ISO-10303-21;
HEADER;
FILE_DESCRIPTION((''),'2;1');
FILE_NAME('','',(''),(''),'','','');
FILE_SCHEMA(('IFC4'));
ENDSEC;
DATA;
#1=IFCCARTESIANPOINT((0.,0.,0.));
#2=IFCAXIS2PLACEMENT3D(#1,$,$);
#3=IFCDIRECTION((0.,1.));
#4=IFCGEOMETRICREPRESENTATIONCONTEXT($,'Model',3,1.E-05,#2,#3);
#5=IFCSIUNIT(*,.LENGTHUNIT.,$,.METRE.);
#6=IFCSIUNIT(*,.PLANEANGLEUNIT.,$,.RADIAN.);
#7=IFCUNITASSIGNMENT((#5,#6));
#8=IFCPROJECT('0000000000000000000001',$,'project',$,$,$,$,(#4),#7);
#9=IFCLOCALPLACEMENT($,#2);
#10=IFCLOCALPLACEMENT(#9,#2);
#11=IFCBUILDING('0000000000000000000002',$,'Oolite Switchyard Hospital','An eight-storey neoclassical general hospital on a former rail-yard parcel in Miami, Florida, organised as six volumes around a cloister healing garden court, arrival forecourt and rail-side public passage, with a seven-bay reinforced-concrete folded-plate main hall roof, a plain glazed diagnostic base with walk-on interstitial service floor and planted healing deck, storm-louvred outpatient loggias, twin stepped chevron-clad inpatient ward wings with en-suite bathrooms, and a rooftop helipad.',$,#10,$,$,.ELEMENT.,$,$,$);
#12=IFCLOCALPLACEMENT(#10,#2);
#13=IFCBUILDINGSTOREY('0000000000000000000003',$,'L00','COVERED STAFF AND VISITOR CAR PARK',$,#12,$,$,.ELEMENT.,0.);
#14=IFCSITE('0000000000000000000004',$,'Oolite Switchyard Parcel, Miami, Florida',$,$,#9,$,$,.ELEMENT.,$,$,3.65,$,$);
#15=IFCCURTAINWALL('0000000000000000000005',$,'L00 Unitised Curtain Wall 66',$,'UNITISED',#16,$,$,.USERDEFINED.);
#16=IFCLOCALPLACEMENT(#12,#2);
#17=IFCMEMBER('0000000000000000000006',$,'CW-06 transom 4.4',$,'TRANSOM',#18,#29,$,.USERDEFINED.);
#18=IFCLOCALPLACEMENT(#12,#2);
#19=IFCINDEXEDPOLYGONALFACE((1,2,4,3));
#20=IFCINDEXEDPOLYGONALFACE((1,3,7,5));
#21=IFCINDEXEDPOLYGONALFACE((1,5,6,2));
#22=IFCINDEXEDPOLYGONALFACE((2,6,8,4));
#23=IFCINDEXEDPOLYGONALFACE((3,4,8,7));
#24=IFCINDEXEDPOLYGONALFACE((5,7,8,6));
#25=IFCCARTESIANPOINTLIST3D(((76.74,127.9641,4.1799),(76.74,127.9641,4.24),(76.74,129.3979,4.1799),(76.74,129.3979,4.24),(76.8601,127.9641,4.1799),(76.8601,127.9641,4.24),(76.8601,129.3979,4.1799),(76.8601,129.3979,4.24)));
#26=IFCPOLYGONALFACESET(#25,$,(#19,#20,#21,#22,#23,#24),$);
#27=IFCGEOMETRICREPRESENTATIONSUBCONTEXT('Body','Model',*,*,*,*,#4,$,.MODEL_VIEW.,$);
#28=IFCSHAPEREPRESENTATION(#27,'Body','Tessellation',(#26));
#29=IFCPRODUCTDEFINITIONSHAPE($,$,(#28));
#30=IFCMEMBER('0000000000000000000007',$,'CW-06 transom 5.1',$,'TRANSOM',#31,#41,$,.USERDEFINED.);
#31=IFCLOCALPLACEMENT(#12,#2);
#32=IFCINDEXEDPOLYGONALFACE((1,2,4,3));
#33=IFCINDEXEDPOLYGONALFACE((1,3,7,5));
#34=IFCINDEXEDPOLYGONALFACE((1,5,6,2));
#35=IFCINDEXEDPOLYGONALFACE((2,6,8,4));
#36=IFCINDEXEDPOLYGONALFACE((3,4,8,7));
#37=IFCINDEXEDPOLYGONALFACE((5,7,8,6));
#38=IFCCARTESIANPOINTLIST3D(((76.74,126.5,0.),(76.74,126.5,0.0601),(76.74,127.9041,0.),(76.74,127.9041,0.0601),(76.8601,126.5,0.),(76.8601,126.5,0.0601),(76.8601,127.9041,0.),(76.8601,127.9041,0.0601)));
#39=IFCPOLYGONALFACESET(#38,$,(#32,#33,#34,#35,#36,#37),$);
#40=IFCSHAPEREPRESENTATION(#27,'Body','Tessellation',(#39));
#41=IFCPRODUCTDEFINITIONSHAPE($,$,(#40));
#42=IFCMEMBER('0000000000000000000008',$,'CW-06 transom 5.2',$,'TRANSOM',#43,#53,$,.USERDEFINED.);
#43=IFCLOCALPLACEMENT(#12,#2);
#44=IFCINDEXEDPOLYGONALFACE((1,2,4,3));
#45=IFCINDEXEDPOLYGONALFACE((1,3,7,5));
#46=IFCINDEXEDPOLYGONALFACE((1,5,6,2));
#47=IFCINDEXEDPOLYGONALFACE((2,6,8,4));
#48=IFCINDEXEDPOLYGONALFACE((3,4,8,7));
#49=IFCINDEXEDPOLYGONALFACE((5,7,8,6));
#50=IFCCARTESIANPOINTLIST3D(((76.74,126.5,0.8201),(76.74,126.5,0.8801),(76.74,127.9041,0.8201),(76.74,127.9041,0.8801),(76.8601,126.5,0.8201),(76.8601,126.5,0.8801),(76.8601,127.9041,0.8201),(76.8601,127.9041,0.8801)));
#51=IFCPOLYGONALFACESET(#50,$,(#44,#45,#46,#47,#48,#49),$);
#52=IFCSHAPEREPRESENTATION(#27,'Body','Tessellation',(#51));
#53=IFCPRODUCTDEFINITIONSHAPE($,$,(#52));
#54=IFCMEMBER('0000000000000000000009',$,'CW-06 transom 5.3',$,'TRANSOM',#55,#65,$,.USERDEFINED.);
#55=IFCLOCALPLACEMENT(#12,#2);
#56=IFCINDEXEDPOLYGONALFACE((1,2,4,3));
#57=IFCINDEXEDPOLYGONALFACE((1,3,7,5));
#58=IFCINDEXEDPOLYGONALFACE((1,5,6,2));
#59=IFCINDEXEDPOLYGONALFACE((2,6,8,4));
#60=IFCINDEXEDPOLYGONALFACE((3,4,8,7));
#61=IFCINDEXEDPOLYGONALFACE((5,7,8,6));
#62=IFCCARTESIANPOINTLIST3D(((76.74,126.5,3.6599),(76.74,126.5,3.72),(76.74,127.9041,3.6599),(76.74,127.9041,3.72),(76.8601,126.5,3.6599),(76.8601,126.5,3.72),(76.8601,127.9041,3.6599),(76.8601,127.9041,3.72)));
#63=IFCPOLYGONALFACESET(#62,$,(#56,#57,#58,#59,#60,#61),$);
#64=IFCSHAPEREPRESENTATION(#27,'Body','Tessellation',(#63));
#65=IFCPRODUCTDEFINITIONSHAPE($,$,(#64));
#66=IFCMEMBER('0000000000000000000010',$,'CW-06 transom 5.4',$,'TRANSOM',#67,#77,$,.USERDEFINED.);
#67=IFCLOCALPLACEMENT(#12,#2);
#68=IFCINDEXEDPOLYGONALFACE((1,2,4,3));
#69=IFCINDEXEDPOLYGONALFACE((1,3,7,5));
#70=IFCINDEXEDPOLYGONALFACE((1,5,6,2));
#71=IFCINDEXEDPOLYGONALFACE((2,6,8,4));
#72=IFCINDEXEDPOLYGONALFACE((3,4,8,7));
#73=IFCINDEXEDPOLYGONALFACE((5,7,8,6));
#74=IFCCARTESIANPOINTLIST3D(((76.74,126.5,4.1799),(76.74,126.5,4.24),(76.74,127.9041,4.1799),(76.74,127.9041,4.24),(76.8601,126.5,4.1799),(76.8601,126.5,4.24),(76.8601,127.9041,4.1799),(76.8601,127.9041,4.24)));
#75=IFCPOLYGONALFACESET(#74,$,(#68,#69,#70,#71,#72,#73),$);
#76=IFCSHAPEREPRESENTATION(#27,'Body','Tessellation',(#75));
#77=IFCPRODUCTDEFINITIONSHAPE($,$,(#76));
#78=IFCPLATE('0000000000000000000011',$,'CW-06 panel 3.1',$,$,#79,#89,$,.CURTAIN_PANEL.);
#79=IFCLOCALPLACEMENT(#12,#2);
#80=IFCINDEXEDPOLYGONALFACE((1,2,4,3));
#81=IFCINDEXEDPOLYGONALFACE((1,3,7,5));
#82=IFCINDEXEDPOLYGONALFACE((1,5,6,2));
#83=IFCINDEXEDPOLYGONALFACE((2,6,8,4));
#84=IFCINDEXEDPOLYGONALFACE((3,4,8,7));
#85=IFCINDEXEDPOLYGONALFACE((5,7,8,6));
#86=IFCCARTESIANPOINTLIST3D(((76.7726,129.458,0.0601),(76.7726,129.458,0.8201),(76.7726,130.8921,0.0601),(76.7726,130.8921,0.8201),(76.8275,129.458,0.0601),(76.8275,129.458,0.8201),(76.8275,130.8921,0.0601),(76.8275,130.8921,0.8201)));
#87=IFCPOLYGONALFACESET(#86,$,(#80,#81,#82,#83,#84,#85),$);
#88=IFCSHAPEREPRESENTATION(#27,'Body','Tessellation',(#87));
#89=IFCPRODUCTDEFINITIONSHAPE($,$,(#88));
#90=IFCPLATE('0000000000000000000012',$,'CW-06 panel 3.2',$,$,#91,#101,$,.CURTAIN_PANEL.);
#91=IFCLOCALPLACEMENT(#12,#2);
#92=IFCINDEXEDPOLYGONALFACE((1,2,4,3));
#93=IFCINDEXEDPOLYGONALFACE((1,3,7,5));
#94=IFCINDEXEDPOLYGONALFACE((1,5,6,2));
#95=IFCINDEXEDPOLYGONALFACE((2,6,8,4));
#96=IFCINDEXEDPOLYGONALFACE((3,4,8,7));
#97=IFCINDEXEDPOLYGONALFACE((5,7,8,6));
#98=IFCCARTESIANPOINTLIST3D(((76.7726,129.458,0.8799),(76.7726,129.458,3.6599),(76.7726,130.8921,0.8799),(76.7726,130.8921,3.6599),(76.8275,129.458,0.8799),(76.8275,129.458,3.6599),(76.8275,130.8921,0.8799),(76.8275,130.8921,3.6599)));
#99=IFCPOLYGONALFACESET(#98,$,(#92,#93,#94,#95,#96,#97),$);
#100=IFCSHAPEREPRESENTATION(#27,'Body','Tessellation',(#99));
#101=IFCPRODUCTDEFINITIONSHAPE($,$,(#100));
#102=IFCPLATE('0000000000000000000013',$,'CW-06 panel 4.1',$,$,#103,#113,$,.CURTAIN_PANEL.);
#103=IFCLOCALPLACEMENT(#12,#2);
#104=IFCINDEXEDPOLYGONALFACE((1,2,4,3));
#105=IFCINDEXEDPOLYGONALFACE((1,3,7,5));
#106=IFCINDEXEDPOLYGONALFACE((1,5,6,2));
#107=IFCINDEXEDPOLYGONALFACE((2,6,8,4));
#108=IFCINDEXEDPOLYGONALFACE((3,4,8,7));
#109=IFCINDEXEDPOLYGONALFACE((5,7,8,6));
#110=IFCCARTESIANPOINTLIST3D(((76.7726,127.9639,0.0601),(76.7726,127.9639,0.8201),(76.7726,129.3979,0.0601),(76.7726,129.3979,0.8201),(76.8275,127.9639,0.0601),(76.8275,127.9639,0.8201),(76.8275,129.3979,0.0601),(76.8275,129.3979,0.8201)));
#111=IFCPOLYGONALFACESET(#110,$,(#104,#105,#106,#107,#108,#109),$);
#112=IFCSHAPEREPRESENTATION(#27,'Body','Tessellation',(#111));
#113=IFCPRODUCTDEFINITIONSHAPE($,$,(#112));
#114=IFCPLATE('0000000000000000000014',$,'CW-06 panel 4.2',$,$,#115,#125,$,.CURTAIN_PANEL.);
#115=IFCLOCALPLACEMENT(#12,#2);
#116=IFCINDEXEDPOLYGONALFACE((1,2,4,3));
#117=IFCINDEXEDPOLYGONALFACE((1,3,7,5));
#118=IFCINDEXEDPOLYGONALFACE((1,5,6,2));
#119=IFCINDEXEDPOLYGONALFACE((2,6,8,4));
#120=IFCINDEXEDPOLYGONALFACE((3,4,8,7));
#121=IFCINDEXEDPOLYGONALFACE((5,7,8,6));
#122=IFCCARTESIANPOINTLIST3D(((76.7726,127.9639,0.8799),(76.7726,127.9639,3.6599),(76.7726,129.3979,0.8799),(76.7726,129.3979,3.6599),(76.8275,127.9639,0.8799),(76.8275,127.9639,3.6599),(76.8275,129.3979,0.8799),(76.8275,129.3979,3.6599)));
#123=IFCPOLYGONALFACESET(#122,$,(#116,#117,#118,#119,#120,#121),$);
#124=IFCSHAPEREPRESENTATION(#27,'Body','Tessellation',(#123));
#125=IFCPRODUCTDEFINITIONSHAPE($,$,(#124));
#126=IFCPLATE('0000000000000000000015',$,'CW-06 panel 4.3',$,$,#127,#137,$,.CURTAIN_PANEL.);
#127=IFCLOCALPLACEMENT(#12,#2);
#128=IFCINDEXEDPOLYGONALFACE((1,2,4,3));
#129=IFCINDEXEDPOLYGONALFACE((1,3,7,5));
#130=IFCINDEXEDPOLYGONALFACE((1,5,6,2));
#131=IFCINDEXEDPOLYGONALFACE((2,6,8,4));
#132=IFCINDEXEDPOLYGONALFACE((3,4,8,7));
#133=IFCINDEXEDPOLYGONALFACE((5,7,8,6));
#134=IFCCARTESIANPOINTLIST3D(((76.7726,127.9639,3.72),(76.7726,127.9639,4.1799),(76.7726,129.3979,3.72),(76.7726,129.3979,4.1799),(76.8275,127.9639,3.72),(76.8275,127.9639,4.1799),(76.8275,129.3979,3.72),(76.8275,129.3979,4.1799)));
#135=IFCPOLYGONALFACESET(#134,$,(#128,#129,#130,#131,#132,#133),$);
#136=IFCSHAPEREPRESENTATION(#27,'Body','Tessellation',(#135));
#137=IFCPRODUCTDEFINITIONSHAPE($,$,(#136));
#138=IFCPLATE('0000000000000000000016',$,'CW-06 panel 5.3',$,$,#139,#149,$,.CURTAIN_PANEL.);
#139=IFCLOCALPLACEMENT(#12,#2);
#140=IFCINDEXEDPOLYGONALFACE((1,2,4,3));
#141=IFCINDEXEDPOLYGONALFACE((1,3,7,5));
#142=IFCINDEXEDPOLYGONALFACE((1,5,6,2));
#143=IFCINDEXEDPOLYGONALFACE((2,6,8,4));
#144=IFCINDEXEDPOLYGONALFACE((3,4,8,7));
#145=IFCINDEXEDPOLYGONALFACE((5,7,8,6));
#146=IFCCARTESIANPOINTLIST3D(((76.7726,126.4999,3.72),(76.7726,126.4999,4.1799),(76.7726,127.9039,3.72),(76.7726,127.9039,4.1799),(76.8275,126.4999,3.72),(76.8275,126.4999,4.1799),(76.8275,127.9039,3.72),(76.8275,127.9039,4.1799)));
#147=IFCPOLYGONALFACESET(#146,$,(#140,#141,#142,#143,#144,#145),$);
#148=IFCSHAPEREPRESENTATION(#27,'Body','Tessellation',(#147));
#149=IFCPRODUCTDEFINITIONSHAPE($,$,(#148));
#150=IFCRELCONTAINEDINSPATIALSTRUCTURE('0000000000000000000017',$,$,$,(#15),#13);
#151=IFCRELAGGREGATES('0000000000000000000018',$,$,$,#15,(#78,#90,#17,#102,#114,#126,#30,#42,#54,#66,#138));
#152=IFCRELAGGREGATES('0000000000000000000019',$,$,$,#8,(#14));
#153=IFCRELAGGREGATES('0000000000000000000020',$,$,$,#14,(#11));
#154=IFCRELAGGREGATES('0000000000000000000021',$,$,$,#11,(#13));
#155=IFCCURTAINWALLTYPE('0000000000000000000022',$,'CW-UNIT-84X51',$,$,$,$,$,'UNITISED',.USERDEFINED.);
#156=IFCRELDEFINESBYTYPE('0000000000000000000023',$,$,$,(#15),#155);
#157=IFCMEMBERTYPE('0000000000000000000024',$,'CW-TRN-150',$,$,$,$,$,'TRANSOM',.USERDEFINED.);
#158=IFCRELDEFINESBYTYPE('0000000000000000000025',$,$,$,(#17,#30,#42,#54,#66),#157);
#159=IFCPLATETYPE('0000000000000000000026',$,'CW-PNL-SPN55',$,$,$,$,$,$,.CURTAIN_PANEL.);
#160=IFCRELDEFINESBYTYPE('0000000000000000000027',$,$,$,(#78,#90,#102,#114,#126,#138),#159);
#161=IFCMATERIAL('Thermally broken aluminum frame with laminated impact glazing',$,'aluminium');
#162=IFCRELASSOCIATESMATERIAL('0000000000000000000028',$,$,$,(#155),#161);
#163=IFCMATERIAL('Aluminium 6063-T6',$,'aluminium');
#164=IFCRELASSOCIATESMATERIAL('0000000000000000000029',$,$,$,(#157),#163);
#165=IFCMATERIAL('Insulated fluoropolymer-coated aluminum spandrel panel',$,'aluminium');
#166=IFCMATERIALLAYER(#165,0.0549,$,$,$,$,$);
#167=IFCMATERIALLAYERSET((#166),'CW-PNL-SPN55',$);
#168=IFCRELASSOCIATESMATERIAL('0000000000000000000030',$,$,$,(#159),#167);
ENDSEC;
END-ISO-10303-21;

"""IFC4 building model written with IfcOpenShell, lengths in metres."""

from ifc_helpers import new_model, si_unit, direction, frame, origin, origin_2d, place, context, subcontext, project, spatial, rectangle, extrude, material, layer, layer_set, material_profile, profile_set, type_object, element, aggregate, save


model = new_model("IFC4")

# Units and contexts
model_context = context("Model", 3, precision=1e-05, world=origin(), true_north=direction((0.0, 1.0)))
body_context = subcontext(model_context, "Body", "Model", "MODEL_VIEW")
ifc_project = project(units=[si_unit("LENGTHUNIT", "METRE"), si_unit("PLANEANGLEUNIT", "RADIAN")], contexts=[model_context])

# Site, building, storey
site_placement = place(None, origin())
site = spatial("IfcSite", under=ifc_project, at=site_placement, Name="Oolite Switchyard Parcel, Miami, Florida", CompositionType="ELEMENT", RefElevation=3.65)
building_placement = place(site_placement, origin())
building = spatial("IfcBuilding", under=site, at=building_placement, Name="Oolite Switchyard Hospital", Description="An eight-storey neoclassical general hospital on a former rail-yard parcel in Miami, Florida, organised as six volumes around a cloister healing garden court, arrival forecourt and rail-side public passage, with a seven-bay reinforced-concrete folded-plate main hall roof, a plain glazed diagnostic base with walk-on interstitial service floor and planted healing deck, storm-louvred outpatient loggias, twin stepped chevron-clad inpatient ward wings with en-suite bathrooms, and a rooftop helipad.", CompositionType="ELEMENT")
storey_placement = place(building_placement, origin())
storey = spatial("IfcBuildingStorey", under=building, at=storey_placement, Name="L00", Description="COVERED STAFF AND VISITOR CAR PARK", CompositionType="ELEMENT", Elevation=0.0)

# Curtain wall, members, plates
ifc_material_1 = material(Name="Thermally broken aluminum frame with laminated impact glazing", Category="aluminium")
curtain_wall_type = type_object("IfcCurtainWallType", Name="CW-UNIT-84X51", ElementType="UNITISED", PredefinedType="USERDEFINED", material=ifc_material_1)
curtain_wall_placement = place(storey_placement, origin())
curtain_wall = element("IfcCurtainWall", 1, at=curtain_wall_placement, inside=storey, type_object=curtain_wall_type, Name="L00 Unitised Curtain Wall 66", ObjectType="UNITISED", PredefinedType="USERDEFINED")
ifc_material_2 = material(Name="Aluminium 6063-T6", Category="aluminium")
ifc_material_profile_1 = material_profile(ifc_material_2, rectangle(XDim=0.1201, YDim=0.0601, at=origin_2d()), Name="CWT60X120")
ifc_profile_set_1 = profile_set([ifc_material_profile_1], Name="Aluminium 6063-T6")
member_type_1 = type_object("IfcMemberType", Name="CW-TRN-150", ElementType="TRANSOM", PredefinedType="USERDEFINED", material=ifc_profile_set_1)
member_1_placement = place(storey_placement, frame((76.8, 129.3979, 4.21), z_axis=(0.0, -1.0, 0.0), x_axis=(1.0, 0.0, 0.0)))
member_1 = element("IfcMember", 2, at=member_1_placement, type_object=member_type_1, Name="CW-06 transom 4.4", ObjectType="TRANSOM", PredefinedType="USERDEFINED", context=body_context, shape_type="SweptSolid", body=[
    extrude(rectangle(XDim=0.1201, YDim=0.0601, at=origin_2d()), origin(), (0.0, 0.0, 1.0), 1.4338),
])
member_2_placement = place(storey_placement, frame((76.8, 127.9041, 0.03), z_axis=(0.0, -1.0, 0.0), x_axis=(1.0, 0.0, 0.0)))
member_2 = element("IfcMember", 3, at=member_2_placement, type_object=member_type_1, Name="CW-06 transom 5.1", ObjectType="TRANSOM", PredefinedType="USERDEFINED", context=body_context, shape_type="SweptSolid", body=[
    extrude(rectangle(XDim=0.1201, YDim=0.0601, at=origin_2d()), origin(), (0.0, 0.0, 1.0), 1.4041),
])
member_3_placement = place(storey_placement, frame((76.8, 127.9041, 0.8501), z_axis=(0.0, -1.0, 0.0), x_axis=(1.0, 0.0, 0.0)))
member_3 = element("IfcMember", 4, at=member_3_placement, type_object=member_type_1, Name="CW-06 transom 5.2", ObjectType="TRANSOM", PredefinedType="USERDEFINED", context=body_context, shape_type="SweptSolid", body=[
    extrude(rectangle(XDim=0.1201, YDim=0.0601, at=origin_2d()), origin(), (0.0, 0.0, 1.0), 1.4041),
])
member_4_placement = place(storey_placement, frame((76.8, 127.9041, 3.6899), z_axis=(0.0, -1.0, 0.0), x_axis=(1.0, 0.0, 0.0)))
member_4 = element("IfcMember", 5, at=member_4_placement, type_object=member_type_1, Name="CW-06 transom 5.3", ObjectType="TRANSOM", PredefinedType="USERDEFINED", context=body_context, shape_type="SweptSolid", body=[
    extrude(rectangle(XDim=0.1201, YDim=0.0601, at=origin_2d()), origin(), (0.0, 0.0, 1.0), 1.4041),
])
member_5_placement = place(storey_placement, frame((76.8, 127.9041, 4.21), z_axis=(0.0, -1.0, 0.0), x_axis=(1.0, 0.0, 0.0)))
member_5 = element("IfcMember", 6, at=member_5_placement, type_object=member_type_1, Name="CW-06 transom 5.4", ObjectType="TRANSOM", PredefinedType="USERDEFINED", context=body_context, shape_type="SweptSolid", body=[
    extrude(rectangle(XDim=0.1201, YDim=0.0601, at=origin_2d()), origin(), (0.0, 0.0, 1.0), 1.4041),
])
ifc_material_3 = material(Name="Insulated fluoropolymer-coated aluminum spandrel panel", Category="aluminium")
ifc_layer = layer(ifc_material_3, 0.0549)
ifc_layer_set = layer_set([ifc_layer], Name="CW-PNL-SPN55")
plate_type = type_object("IfcPlateType", Name="CW-PNL-SPN55", PredefinedType="CURTAIN_PANEL", material=ifc_layer_set)
plate_1_placement = place(storey_placement, frame((76.8, 130.175, 0.0601), z_axis=(0.0, 0.0, 1.0), x_axis=(0.0, -1.0, 0.0)))
plate_1 = element("IfcPlate", 7, at=plate_1_placement, type_object=plate_type, Name="CW-06 panel 3.1", PredefinedType="CURTAIN_PANEL", context=body_context, shape_type="SweptSolid", body=[
    extrude(rectangle(XDim=1.4341, YDim=0.0549, at=origin_2d()), origin(), (0.0, 0.0, 1.0), 0.76),
])
plate_2_placement = place(storey_placement, frame((76.8, 130.175, 0.8799), z_axis=(0.0, 0.0, 1.0), x_axis=(0.0, -1.0, 0.0)))
plate_2 = element("IfcPlate", 8, at=plate_2_placement, type_object=plate_type, Name="CW-06 panel 3.2", PredefinedType="CURTAIN_PANEL", context=body_context, shape_type="SweptSolid", body=[
    extrude(rectangle(XDim=1.4341, YDim=0.0549, at=origin_2d()), origin(), (0.0, 0.0, 1.0), 2.78),
])
plate_3_placement = place(storey_placement, frame((76.8, 128.6809, 0.0601), z_axis=(0.0, 0.0, 1.0), x_axis=(0.0, -1.0, 0.0)))
plate_3 = element("IfcPlate", 9, at=plate_3_placement, type_object=plate_type, Name="CW-06 panel 4.1", PredefinedType="CURTAIN_PANEL", context=body_context, shape_type="SweptSolid", body=[
    extrude(rectangle(XDim=1.4341, YDim=0.0549, at=origin_2d()), origin(), (0.0, 0.0, 1.0), 0.76),
])
plate_4_placement = place(storey_placement, frame((76.8, 128.6809, 0.8799), z_axis=(0.0, 0.0, 1.0), x_axis=(0.0, -1.0, 0.0)))
plate_4 = element("IfcPlate", 10, at=plate_4_placement, type_object=plate_type, Name="CW-06 panel 4.2", PredefinedType="CURTAIN_PANEL", context=body_context, shape_type="SweptSolid", body=[
    extrude(rectangle(XDim=1.4341, YDim=0.0549, at=origin_2d()), origin(), (0.0, 0.0, 1.0), 2.78),
])
plate_5_placement = place(storey_placement, frame((76.8, 128.6809, 3.72), z_axis=(0.0, 0.0, 1.0), x_axis=(0.0, -1.0, 0.0)))
plate_5 = element("IfcPlate", 11, at=plate_5_placement, type_object=plate_type, Name="CW-06 panel 4.3", PredefinedType="CURTAIN_PANEL", context=body_context, shape_type="SweptSolid", body=[
    extrude(rectangle(XDim=1.4341, YDim=0.0549, at=origin_2d()), origin(), (0.0, 0.0, 1.0), 0.46),
])
plate_6_placement = place(storey_placement, frame((76.8, 127.2019, 3.72), z_axis=(0.0, 0.0, 1.0), x_axis=(0.0, -1.0, 0.0)))
plate_6 = element("IfcPlate", 12, at=plate_6_placement, type_object=plate_type, Name="CW-06 panel 5.3", PredefinedType="CURTAIN_PANEL", context=body_context, shape_type="SweptSolid", body=[
    extrude(rectangle(XDim=1.4041, YDim=0.0549, at=origin_2d()), origin(), (0.0, 0.0, 1.0), 0.46),
])
aggregate(curtain_wall, [plate_1, plate_2, member_1, plate_3, plate_4, plate_5, member_2, member_3, member_4, member_5, plate_6])

save(model, "model.ifc")
